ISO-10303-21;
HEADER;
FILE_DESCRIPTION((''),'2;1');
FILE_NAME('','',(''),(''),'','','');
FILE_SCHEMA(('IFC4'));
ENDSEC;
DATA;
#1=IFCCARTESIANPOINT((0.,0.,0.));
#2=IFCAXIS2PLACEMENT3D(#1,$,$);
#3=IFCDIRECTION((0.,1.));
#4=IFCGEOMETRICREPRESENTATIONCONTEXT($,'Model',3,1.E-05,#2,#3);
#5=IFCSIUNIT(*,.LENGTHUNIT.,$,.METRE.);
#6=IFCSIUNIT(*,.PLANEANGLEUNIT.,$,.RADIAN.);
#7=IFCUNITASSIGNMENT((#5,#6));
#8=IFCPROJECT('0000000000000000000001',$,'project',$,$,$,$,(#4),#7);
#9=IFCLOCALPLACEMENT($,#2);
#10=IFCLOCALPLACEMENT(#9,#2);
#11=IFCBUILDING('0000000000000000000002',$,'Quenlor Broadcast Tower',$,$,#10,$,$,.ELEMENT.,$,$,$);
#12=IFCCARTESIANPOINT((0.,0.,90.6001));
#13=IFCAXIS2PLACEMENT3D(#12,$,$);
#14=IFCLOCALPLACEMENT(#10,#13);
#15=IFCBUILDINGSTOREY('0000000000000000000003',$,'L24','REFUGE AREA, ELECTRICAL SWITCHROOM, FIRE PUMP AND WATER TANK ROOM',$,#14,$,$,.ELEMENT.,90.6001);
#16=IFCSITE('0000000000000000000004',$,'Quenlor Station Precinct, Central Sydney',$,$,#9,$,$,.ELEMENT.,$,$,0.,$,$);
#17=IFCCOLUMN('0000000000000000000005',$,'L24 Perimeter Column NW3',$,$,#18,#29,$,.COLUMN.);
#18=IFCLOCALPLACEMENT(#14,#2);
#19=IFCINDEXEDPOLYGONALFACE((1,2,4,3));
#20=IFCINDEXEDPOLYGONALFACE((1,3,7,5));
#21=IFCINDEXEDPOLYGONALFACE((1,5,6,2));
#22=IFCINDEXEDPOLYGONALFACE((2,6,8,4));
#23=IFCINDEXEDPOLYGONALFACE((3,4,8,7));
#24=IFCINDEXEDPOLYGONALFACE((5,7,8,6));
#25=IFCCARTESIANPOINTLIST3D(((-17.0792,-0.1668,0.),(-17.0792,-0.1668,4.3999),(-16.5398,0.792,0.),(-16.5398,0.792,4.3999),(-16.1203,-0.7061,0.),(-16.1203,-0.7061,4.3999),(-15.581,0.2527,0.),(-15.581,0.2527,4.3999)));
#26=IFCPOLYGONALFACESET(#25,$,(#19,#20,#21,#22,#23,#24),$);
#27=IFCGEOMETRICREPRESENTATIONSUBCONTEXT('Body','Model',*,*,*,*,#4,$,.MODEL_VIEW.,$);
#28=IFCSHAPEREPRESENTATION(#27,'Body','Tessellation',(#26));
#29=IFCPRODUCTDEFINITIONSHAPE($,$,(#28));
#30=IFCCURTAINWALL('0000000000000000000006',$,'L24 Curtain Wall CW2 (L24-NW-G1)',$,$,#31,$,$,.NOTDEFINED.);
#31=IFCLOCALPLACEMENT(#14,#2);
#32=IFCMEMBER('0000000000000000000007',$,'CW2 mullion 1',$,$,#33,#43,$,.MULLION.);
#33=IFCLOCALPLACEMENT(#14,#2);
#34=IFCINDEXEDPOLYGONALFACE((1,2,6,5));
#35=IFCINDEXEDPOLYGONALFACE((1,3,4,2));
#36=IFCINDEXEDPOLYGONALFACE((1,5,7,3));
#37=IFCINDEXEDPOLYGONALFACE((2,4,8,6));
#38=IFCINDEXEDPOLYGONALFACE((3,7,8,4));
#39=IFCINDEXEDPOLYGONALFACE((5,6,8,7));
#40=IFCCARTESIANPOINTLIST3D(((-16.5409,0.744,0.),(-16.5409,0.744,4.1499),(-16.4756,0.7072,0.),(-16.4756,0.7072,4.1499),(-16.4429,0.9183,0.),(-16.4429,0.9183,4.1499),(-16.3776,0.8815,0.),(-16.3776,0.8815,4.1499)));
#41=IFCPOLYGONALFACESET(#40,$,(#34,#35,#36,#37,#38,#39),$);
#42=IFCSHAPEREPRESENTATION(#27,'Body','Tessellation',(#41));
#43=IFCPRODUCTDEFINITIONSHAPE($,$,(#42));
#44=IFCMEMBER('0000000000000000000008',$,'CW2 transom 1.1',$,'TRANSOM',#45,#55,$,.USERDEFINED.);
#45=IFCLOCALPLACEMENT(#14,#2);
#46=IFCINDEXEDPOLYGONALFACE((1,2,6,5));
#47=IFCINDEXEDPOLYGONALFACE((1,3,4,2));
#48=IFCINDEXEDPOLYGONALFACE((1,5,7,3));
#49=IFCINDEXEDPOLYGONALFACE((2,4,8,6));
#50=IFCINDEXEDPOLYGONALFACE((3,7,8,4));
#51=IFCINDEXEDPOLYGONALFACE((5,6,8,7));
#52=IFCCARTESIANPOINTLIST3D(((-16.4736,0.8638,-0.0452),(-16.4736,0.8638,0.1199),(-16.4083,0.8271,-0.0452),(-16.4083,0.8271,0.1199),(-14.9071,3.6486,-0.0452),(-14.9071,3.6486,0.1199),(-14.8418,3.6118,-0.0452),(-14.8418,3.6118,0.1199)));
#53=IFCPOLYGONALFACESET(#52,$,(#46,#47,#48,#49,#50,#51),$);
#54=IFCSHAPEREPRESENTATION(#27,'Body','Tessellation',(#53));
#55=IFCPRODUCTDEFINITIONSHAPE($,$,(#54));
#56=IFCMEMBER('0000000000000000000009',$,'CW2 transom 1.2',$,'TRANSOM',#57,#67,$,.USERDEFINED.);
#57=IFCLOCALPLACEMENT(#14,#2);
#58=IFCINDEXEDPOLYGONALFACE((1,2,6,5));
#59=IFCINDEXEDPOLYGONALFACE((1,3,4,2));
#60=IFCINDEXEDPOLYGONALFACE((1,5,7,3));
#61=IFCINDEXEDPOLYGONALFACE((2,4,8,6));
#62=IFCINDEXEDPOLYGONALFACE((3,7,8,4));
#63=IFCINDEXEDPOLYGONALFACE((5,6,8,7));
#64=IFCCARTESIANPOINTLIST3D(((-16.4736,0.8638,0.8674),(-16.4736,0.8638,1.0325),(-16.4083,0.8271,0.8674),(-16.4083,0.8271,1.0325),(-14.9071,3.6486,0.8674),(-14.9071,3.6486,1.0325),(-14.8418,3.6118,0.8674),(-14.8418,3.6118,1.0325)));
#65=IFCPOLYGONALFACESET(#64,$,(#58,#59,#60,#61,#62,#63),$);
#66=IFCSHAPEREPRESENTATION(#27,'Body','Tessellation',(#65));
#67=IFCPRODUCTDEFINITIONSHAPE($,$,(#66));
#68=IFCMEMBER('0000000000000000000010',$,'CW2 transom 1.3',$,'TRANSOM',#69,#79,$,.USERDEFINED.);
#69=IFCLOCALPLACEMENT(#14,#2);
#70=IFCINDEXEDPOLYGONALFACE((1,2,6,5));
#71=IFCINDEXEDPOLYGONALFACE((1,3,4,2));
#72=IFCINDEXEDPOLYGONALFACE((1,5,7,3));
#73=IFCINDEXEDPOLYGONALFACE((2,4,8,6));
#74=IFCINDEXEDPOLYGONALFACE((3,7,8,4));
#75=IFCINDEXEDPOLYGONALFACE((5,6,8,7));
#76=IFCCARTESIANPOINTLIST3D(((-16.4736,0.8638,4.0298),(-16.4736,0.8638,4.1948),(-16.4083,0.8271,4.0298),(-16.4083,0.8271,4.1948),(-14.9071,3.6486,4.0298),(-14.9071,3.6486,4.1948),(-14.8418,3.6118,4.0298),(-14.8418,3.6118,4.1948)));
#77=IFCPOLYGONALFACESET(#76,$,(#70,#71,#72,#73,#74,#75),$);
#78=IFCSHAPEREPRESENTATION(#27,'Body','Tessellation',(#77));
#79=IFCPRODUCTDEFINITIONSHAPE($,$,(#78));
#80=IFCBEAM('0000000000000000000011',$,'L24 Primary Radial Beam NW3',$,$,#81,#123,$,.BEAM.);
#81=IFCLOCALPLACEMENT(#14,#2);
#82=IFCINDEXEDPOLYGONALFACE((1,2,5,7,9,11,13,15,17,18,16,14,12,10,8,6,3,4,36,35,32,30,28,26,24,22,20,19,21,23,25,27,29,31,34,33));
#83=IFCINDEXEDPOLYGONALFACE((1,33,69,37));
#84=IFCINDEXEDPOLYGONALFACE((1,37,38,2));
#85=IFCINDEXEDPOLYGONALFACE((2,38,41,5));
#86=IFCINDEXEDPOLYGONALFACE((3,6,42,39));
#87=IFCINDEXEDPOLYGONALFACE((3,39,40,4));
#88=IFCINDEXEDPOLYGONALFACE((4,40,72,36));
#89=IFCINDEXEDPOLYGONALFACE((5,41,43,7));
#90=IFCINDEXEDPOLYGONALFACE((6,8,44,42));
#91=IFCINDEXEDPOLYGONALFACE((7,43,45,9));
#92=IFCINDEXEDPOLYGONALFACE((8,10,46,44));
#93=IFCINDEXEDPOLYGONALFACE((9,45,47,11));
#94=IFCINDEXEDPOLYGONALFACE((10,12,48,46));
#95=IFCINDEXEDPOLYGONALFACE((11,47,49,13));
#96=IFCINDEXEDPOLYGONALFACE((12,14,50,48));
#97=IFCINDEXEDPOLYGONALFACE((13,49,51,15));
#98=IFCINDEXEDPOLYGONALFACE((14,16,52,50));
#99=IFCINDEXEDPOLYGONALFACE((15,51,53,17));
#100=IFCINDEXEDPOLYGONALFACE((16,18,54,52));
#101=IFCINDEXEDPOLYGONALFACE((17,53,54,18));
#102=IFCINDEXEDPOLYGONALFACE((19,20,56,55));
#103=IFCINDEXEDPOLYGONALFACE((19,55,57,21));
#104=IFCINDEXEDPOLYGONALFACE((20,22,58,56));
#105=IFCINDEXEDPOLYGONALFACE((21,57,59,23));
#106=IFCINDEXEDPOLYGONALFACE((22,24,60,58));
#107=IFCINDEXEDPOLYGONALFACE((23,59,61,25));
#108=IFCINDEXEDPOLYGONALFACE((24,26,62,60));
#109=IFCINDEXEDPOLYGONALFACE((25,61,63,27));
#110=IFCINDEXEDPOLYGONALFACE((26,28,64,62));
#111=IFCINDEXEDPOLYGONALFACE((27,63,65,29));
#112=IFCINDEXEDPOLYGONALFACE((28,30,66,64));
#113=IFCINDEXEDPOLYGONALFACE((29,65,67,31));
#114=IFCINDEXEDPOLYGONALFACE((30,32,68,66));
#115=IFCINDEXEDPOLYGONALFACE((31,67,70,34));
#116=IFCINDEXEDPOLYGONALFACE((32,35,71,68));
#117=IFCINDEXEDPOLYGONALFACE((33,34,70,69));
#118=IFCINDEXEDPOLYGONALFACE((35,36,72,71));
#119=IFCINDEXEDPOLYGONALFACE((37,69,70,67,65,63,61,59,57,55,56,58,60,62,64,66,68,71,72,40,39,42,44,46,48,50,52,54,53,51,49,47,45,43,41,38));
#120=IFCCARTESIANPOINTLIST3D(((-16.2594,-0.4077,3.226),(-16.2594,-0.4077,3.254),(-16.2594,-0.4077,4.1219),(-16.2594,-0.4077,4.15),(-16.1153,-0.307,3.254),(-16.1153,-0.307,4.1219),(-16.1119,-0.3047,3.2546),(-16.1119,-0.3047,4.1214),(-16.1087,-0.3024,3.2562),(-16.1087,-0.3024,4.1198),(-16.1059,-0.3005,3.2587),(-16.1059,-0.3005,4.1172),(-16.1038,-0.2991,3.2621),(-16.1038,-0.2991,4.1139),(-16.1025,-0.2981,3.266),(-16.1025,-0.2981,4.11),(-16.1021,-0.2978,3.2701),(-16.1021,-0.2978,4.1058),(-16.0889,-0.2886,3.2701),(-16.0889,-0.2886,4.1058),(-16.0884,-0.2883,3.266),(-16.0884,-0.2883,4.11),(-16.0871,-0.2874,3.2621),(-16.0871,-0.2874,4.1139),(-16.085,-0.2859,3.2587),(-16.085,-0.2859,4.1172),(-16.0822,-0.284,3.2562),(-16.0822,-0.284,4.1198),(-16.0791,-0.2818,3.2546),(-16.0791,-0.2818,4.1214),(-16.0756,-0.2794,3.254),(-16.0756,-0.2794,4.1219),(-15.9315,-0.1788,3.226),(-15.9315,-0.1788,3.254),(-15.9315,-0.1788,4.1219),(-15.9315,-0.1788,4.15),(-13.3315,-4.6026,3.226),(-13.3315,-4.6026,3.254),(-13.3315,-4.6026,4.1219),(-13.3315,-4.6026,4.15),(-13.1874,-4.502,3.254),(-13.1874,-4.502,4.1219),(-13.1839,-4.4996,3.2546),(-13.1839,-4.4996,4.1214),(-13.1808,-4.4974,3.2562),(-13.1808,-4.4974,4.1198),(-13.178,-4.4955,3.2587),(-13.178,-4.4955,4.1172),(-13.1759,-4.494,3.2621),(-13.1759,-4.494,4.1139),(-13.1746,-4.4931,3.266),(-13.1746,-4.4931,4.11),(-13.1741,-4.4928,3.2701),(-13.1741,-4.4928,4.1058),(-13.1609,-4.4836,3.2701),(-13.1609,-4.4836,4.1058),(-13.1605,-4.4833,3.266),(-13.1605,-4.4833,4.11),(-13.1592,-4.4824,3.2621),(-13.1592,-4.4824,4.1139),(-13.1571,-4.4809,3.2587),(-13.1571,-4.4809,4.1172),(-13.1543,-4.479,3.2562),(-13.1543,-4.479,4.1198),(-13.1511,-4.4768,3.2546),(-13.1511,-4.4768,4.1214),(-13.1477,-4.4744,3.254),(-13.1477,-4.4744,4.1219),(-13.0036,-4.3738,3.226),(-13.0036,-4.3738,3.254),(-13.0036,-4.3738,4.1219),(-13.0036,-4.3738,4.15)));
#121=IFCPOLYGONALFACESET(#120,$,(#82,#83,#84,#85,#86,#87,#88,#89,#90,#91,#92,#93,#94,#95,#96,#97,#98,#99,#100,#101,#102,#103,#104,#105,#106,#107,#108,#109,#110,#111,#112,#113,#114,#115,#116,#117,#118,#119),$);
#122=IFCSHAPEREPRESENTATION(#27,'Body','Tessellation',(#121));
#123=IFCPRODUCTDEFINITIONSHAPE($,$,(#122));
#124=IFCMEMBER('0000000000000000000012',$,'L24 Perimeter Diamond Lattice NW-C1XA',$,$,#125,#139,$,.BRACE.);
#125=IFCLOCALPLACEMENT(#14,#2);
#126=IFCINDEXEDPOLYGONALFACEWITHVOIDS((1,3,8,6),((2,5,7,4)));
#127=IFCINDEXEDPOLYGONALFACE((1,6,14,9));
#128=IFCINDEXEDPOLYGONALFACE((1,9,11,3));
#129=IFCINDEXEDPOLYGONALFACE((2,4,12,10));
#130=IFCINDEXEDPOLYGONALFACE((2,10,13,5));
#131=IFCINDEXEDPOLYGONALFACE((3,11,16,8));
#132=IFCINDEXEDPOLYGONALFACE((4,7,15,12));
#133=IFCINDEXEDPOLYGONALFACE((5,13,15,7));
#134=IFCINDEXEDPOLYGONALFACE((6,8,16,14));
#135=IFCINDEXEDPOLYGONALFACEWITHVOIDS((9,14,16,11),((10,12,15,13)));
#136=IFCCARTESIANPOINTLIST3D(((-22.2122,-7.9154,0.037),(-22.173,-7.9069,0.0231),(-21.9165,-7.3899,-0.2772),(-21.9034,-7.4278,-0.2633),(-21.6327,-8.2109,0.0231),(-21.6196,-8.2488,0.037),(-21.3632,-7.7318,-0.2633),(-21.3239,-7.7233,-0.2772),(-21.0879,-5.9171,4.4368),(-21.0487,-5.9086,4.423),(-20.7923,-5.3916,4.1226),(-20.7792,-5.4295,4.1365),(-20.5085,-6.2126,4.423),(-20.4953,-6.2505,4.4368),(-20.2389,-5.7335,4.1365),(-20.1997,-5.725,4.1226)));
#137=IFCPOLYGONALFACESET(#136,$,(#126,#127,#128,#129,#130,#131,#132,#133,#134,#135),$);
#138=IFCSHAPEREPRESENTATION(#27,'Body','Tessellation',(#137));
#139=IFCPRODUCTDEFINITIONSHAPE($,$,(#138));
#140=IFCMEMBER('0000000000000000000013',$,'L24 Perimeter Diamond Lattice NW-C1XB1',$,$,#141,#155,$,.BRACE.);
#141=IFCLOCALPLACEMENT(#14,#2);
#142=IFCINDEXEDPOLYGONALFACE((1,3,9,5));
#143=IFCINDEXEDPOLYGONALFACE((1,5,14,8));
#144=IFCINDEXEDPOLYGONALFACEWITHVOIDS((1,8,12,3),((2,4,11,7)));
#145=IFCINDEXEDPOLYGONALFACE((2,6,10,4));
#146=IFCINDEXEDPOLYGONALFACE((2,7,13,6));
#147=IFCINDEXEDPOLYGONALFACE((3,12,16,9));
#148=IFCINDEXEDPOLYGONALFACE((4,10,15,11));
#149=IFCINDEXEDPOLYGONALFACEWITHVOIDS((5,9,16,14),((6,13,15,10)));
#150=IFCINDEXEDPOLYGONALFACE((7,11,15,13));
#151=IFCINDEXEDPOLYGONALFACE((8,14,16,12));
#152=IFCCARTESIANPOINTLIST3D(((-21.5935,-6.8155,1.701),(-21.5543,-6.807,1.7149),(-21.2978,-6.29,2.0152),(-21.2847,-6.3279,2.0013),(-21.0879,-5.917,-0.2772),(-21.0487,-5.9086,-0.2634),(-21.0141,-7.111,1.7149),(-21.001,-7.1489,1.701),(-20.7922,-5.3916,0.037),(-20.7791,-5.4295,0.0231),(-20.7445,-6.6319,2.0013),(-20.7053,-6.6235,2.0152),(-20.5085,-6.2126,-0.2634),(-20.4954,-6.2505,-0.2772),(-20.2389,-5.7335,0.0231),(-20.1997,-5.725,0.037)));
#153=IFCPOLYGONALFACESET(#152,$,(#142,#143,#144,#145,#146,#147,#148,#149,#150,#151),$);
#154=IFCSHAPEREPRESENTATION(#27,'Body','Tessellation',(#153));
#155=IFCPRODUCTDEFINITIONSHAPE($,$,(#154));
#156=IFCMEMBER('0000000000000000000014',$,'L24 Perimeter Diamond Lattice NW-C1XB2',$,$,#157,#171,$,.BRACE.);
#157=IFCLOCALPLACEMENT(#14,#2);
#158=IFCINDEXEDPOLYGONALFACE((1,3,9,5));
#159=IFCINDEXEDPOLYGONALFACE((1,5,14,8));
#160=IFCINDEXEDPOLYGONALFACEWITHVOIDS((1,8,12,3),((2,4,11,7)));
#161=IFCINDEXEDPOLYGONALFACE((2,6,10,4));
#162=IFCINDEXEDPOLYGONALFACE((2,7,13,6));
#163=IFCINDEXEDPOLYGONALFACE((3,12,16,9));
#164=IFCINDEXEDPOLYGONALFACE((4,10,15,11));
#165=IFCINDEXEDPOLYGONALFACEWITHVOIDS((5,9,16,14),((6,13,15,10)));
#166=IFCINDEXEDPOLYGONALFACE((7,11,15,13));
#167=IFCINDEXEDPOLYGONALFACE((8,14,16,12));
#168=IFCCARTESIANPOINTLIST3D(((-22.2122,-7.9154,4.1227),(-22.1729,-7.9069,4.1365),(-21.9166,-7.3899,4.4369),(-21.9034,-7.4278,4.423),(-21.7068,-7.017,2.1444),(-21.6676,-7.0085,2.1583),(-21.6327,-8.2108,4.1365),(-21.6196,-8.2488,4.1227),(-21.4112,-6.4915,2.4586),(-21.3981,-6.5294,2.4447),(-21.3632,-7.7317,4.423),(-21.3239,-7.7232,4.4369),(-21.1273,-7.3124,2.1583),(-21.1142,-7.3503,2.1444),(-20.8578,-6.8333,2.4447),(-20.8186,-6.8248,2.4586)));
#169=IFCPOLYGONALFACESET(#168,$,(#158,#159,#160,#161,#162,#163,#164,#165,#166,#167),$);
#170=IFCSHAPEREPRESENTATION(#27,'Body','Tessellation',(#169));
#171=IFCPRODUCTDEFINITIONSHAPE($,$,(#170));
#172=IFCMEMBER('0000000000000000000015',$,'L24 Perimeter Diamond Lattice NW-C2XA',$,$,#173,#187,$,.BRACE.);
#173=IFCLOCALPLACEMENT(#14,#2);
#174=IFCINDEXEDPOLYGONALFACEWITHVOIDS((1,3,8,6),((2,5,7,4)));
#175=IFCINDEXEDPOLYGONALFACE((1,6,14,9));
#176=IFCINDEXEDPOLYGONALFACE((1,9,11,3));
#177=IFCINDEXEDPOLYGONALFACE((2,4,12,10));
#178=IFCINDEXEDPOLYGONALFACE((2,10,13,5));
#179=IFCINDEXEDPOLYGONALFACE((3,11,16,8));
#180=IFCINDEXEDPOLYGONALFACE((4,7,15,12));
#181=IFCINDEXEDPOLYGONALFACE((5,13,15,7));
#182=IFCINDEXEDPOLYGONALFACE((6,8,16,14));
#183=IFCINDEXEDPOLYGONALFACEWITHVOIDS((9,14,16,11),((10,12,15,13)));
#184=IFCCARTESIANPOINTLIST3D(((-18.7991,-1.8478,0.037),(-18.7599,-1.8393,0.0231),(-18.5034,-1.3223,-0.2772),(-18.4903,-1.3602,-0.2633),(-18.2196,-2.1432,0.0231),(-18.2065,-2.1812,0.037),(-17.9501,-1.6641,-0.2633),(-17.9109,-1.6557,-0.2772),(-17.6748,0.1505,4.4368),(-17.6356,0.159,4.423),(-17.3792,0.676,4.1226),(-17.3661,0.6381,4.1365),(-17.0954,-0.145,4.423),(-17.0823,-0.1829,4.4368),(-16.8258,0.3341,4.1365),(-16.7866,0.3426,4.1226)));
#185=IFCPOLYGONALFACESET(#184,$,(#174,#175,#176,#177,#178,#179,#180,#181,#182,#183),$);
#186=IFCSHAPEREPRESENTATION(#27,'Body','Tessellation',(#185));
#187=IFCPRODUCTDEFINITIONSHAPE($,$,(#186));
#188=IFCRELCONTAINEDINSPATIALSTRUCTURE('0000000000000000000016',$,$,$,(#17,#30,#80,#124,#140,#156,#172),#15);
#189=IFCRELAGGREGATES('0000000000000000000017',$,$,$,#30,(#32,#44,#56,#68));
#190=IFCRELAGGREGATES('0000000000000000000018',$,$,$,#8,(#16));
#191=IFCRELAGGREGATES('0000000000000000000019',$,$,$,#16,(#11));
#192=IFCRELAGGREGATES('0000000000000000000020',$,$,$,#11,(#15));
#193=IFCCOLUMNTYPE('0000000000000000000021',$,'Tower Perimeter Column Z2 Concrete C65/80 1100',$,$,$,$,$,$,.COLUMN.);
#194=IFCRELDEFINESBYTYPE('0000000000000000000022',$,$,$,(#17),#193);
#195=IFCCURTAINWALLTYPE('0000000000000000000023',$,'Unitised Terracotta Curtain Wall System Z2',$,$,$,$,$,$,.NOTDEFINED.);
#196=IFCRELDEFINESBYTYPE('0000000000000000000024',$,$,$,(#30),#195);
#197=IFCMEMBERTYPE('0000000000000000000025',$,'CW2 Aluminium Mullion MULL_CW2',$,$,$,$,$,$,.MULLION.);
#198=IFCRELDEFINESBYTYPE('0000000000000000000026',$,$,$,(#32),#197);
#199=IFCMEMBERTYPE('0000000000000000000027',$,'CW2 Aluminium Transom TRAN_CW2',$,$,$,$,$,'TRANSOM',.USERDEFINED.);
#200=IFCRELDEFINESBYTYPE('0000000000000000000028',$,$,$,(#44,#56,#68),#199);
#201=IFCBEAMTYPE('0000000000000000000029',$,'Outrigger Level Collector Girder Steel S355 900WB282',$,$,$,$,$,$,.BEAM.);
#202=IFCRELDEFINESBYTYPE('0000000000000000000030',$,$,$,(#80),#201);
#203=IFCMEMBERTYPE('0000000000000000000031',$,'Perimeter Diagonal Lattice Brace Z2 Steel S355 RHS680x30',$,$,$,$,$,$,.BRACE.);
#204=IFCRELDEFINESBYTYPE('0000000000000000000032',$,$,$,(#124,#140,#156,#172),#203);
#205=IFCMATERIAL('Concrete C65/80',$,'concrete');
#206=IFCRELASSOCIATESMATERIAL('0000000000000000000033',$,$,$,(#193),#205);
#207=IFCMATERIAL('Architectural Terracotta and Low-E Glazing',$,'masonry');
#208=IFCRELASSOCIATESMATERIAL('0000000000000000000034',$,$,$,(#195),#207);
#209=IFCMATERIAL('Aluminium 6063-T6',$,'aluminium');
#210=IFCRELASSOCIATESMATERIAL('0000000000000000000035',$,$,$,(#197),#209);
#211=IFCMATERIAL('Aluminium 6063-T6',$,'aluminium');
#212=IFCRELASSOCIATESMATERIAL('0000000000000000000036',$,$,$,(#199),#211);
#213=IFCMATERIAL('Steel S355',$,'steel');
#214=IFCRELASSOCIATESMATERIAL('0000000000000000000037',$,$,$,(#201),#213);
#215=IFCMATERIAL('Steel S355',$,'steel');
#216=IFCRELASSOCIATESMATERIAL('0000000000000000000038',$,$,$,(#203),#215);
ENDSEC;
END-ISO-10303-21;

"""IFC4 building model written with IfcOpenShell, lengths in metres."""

from ifc_helpers import new_model, si_unit, direction, frame, origin, origin_2d, place, context, subcontext, project, spatial, rectangle, hollow_rectangle, i_section, extrude, material, material_profile, profile_set, type_object, element, aggregate, save


model = new_model("IFC4")

# Units and contexts
model_context = context("Model", 3, precision=1e-05, world=origin(), true_north=direction((0.0, 1.0)))
body_context = subcontext(model_context, "Body", "Model", "MODEL_VIEW")
ifc_project = project(units=[si_unit("LENGTHUNIT", "METRE"), si_unit("PLANEANGLEUNIT", "RADIAN")], contexts=[model_context])

# Site, building, storey
site_placement = place(None, origin())
site = spatial("IfcSite", under=ifc_project, at=site_placement, Name="Quenlor Station Precinct, Central Sydney", CompositionType="ELEMENT", RefElevation=0.0)
building_placement = place(site_placement, origin())
building = spatial("IfcBuilding", under=site, at=building_placement, Name="Quenlor Broadcast Tower", CompositionType="ELEMENT")
storey_placement = place(building_placement, frame((0.0, 0.0, 90.6001)))
storey = spatial("IfcBuildingStorey", under=building, at=storey_placement, Name="L24", Description="REFUGE AREA, ELECTRICAL SWITCHROOM, FIRE PUMP AND WATER TANK ROOM", CompositionType="ELEMENT", Elevation=90.6001)

# Column
ifc_material_1 = material(Name="Concrete C65/80", Category="concrete")
ifc_material_profile_1 = material_profile(ifc_material_1, rectangle(XDim=1.1001, YDim=1.1001, at=origin_2d()))
ifc_profile_set_1 = profile_set([ifc_material_profile_1], Name="Concrete C65/80 RC1100x1100")
column_type = type_object("IfcColumnType", Name="Tower Perimeter Column Z2 Concrete C65/80 1100", PredefinedType="COLUMN", material=ifc_profile_set_1)
column_placement = place(storey_placement, frame((-16.3301, 0.043, 0.0), z_axis=(0.0, 0.0, 1.0), x_axis=(-0.871575, 0.490262, 0.0)))
element("IfcColumn", 1, at=column_placement, inside=storey, type_object=column_type, Name="L24 Perimeter Column NW3", PredefinedType="COLUMN", context=body_context, shape_type="SweptSolid", body=[
    extrude(rectangle(XDim=1.1001, YDim=1.1001, at=origin_2d()), origin(), (0.0, 0.0, 1.0), 4.3999),
])

# Curtain wall, members
ifc_material_2 = material(Name="Architectural Terracotta and Low-E Glazing", Category="masonry")
curtain_wall_type = type_object("IfcCurtainWallType", Name="Unitised Terracotta Curtain Wall System Z2", PredefinedType="NOTDEFINED", material=ifc_material_2)
curtain_wall_placement = place(storey_placement, origin())
curtain_wall = element("IfcCurtainWall", 2, at=curtain_wall_placement, inside=storey, type_object=curtain_wall_type, Name="L24 Curtain Wall CW2 (L24-NW-G1)", PredefinedType="NOTDEFINED")
ifc_material_3 = material(Name="Aluminium 6063-T6", Category="aluminium")
ifc_material_profile_2 = material_profile(ifc_material_3, rectangle(XDim=0.075, YDim=0.2, at=origin_2d()))
ifc_profile_set_2 = profile_set([ifc_material_profile_2], Name="Aluminium 6063-T6 MULL75x200")
member_type_1 = type_object("IfcMemberType", Name="CW2 Aluminium Mullion MULL_CW2", PredefinedType="MULLION", material=ifc_profile_set_2)
member_1_placement = place(storey_placement, frame((-16.4592, 0.8127, 0.0), z_axis=(0.0, 0.0, 1.0), x_axis=(-0.871577, 0.490258, 0.0)))
member_1 = element("IfcMember", 3, at=member_1_placement, type_object=member_type_1, Name="CW2 mullion 1", PredefinedType="MULLION", context=body_context, shape_type="SweptSolid", body=[
    extrude(rectangle(XDim=0.075, YDim=0.2, at=origin_2d()), origin(), (0.0, 0.0, 1.0), 4.1499),
])
ifc_material_4 = material(Name="Aluminium 6063-T6", Category="aluminium")
ifc_material_profile_3 = material_profile(ifc_material_4, rectangle(XDim=0.075, YDim=0.165, at=origin_2d()))
ifc_profile_set_3 = profile_set([ifc_material_profile_3], Name="Aluminium 6063-T6 TRAN75x165")
member_type_2 = type_object("IfcMemberType", Name="CW2 Aluminium Transom TRAN_CW2", ElementType="TRANSOM", PredefinedType="USERDEFINED", material=ifc_profile_set_3)
member_2_placement = place(storey_placement, frame((-16.4409, 0.8455, 0.0374), z_axis=(0.490268, 0.871571, 0.0), x_axis=(-0.871571, 0.490268, 0.0)))
member_2 = element("IfcMember", 4, at=member_2_placement, type_object=member_type_2, Name="CW2 transom 1.1", ObjectType="TRANSOM", PredefinedType="USERDEFINED", context=body_context, shape_type="SweptSolid", body=[
    extrude(rectangle(XDim=0.075, YDim=0.165, at=origin_2d()), origin(), (0.0, 0.0, 1.0), 3.1951),
])
member_3_placement = place(storey_placement, frame((-16.4409, 0.8455, 0.95), z_axis=(0.490268, 0.871571, 0.0), x_axis=(-0.871571, 0.490268, 0.0)))
member_3 = element("IfcMember", 5, at=member_3_placement, type_object=member_type_2, Name="CW2 transom 1.2", ObjectType="TRANSOM", PredefinedType="USERDEFINED", context=body_context, shape_type="SweptSolid", body=[
    extrude(rectangle(XDim=0.075, YDim=0.165, at=origin_2d()), origin(), (0.0, 0.0, 1.0), 3.1951),
])
member_4_placement = place(storey_placement, frame((-16.4409, 0.8455, 4.1123), z_axis=(0.490268, 0.871571, 0.0), x_axis=(-0.871571, 0.490268, 0.0)))
member_4 = element("IfcMember", 6, at=member_4_placement, type_object=member_type_2, Name="CW2 transom 1.3", ObjectType="TRANSOM", PredefinedType="USERDEFINED", context=body_context, shape_type="SweptSolid", body=[
    extrude(rectangle(XDim=0.075, YDim=0.165, at=origin_2d()), origin(), (0.0, 0.0, 1.0), 3.1951),
])

# Beam
ifc_material_5 = material(Name="Steel S355", Category="steel")
ifc_material_profile_4 = material_profile(ifc_material_5, i_section(OverallWidth=0.3999, OverallDepth=0.9241, WebThickness=0.0161, FlangeThickness=0.0281, FilletRadius=0.0161, at=origin_2d()))
ifc_profile_set_4 = profile_set([ifc_material_profile_4], Name="Steel S355 900WB282")
beam_type_1 = type_object("IfcBeamType", Name="Outrigger Level Collector Girder Steel S355 900WB282", PredefinedType="BEAM", material=ifc_profile_set_4)
beam_1_placement = place(storey_placement, frame((-16.0955, -0.2932, 3.688), z_axis=(0.572338, -0.820018, 0.0), x_axis=(0.820018, 0.572338, 0.0)))
element("IfcBeam", 7, at=beam_1_placement, inside=storey, type_object=beam_type_1, Name="L24 Primary Radial Beam NW3", PredefinedType="BEAM", context=body_context, shape_type="SweptSolid", body=[
    extrude(i_section(OverallWidth=0.3999, OverallDepth=0.9241, WebThickness=0.0161, FlangeThickness=0.0281, FilletRadius=0.0161, at=origin_2d()), origin(), (0.0, 0.0, 1.0), 5.1157),
])

# Members
ifc_material_6 = material(Name="Steel S355", Category="steel")
ifc_material_profile_5 = material_profile(ifc_material_6, hollow_rectangle(XDim=0.6799, YDim=0.6799, WallThickness=0.03, at=origin_2d()))
ifc_profile_set_5 = profile_set([ifc_material_profile_5], Name="Steel S355 RHS680x680x30")
member_type_3 = type_object("IfcMemberType", Name="Perimeter Diagonal Lattice Brace Z2 Steel S355 RHS680x30", PredefinedType="BRACE", material=ifc_profile_set_5)
member_5_placement = place(storey_placement, frame((-21.7681, -7.8193, -0.1201), z_axis=(0.226599, 0.402761, 0.886812), x_axis=(-0.871533, 0.490337, 0.0)))
element("IfcMember", 8, at=member_5_placement, inside=storey, type_object=member_type_3, Name="L24 Perimeter Diamond Lattice NW-C1XA", PredefinedType="BRACE", context=body_context, shape_type="SweptSolid", body=[
    extrude(hollow_rectangle(XDim=0.6799, YDim=0.6799, WallThickness=0.03, at=origin_2d()), origin(), (0.0, 0.0, 1.0), 4.9614),
])
for number, where, z_axis, x_axis, name in (
    (9, (-20.6438, -5.821, -0.1201), (-0.226654, -0.402745, 0.886806), (0.871474, -0.490441, 0.0), "L24 Perimeter Diamond Lattice NW-C1XB1"),
    (10, (-21.2627, -6.9209, 2.3015), (-0.22655, -0.402755, 0.886828), (0.871576, -0.490261, 0.0), "L24 Perimeter Diamond Lattice NW-C1XB2"),
):
    element("IfcMember", number, at=place(storey_placement, frame(where, z_axis=z_axis, x_axis=x_axis)), inside=storey, type_object=member_type_3, Name=name, PredefinedType="BRACE", context=body_context, shape_type="SweptSolid", body=[
        extrude(hollow_rectangle(XDim=0.6799, YDim=0.6799, WallThickness=0.03, at=origin_2d()), origin(), (0.0, 0.0, 1.0), 2.2307),
    ])
member_6_placement = place(storey_placement, frame((-18.355, -1.7517, -0.1201), z_axis=(0.226599, 0.402761, 0.886812), x_axis=(-0.871533, 0.490337, 0.0)))
element("IfcMember", 11, at=member_6_placement, inside=storey, type_object=member_type_3, Name="L24 Perimeter Diamond Lattice NW-C2XA", PredefinedType="BRACE", context=body_context, shape_type="SweptSolid", body=[
    extrude(hollow_rectangle(XDim=0.6799, YDim=0.6799, WallThickness=0.03, at=origin_2d()), origin(), (0.0, 0.0, 1.0), 4.9614),
])

aggregate(curtain_wall, [member_1, member_2, member_3, member_4])

save(model, "model.ifc")
